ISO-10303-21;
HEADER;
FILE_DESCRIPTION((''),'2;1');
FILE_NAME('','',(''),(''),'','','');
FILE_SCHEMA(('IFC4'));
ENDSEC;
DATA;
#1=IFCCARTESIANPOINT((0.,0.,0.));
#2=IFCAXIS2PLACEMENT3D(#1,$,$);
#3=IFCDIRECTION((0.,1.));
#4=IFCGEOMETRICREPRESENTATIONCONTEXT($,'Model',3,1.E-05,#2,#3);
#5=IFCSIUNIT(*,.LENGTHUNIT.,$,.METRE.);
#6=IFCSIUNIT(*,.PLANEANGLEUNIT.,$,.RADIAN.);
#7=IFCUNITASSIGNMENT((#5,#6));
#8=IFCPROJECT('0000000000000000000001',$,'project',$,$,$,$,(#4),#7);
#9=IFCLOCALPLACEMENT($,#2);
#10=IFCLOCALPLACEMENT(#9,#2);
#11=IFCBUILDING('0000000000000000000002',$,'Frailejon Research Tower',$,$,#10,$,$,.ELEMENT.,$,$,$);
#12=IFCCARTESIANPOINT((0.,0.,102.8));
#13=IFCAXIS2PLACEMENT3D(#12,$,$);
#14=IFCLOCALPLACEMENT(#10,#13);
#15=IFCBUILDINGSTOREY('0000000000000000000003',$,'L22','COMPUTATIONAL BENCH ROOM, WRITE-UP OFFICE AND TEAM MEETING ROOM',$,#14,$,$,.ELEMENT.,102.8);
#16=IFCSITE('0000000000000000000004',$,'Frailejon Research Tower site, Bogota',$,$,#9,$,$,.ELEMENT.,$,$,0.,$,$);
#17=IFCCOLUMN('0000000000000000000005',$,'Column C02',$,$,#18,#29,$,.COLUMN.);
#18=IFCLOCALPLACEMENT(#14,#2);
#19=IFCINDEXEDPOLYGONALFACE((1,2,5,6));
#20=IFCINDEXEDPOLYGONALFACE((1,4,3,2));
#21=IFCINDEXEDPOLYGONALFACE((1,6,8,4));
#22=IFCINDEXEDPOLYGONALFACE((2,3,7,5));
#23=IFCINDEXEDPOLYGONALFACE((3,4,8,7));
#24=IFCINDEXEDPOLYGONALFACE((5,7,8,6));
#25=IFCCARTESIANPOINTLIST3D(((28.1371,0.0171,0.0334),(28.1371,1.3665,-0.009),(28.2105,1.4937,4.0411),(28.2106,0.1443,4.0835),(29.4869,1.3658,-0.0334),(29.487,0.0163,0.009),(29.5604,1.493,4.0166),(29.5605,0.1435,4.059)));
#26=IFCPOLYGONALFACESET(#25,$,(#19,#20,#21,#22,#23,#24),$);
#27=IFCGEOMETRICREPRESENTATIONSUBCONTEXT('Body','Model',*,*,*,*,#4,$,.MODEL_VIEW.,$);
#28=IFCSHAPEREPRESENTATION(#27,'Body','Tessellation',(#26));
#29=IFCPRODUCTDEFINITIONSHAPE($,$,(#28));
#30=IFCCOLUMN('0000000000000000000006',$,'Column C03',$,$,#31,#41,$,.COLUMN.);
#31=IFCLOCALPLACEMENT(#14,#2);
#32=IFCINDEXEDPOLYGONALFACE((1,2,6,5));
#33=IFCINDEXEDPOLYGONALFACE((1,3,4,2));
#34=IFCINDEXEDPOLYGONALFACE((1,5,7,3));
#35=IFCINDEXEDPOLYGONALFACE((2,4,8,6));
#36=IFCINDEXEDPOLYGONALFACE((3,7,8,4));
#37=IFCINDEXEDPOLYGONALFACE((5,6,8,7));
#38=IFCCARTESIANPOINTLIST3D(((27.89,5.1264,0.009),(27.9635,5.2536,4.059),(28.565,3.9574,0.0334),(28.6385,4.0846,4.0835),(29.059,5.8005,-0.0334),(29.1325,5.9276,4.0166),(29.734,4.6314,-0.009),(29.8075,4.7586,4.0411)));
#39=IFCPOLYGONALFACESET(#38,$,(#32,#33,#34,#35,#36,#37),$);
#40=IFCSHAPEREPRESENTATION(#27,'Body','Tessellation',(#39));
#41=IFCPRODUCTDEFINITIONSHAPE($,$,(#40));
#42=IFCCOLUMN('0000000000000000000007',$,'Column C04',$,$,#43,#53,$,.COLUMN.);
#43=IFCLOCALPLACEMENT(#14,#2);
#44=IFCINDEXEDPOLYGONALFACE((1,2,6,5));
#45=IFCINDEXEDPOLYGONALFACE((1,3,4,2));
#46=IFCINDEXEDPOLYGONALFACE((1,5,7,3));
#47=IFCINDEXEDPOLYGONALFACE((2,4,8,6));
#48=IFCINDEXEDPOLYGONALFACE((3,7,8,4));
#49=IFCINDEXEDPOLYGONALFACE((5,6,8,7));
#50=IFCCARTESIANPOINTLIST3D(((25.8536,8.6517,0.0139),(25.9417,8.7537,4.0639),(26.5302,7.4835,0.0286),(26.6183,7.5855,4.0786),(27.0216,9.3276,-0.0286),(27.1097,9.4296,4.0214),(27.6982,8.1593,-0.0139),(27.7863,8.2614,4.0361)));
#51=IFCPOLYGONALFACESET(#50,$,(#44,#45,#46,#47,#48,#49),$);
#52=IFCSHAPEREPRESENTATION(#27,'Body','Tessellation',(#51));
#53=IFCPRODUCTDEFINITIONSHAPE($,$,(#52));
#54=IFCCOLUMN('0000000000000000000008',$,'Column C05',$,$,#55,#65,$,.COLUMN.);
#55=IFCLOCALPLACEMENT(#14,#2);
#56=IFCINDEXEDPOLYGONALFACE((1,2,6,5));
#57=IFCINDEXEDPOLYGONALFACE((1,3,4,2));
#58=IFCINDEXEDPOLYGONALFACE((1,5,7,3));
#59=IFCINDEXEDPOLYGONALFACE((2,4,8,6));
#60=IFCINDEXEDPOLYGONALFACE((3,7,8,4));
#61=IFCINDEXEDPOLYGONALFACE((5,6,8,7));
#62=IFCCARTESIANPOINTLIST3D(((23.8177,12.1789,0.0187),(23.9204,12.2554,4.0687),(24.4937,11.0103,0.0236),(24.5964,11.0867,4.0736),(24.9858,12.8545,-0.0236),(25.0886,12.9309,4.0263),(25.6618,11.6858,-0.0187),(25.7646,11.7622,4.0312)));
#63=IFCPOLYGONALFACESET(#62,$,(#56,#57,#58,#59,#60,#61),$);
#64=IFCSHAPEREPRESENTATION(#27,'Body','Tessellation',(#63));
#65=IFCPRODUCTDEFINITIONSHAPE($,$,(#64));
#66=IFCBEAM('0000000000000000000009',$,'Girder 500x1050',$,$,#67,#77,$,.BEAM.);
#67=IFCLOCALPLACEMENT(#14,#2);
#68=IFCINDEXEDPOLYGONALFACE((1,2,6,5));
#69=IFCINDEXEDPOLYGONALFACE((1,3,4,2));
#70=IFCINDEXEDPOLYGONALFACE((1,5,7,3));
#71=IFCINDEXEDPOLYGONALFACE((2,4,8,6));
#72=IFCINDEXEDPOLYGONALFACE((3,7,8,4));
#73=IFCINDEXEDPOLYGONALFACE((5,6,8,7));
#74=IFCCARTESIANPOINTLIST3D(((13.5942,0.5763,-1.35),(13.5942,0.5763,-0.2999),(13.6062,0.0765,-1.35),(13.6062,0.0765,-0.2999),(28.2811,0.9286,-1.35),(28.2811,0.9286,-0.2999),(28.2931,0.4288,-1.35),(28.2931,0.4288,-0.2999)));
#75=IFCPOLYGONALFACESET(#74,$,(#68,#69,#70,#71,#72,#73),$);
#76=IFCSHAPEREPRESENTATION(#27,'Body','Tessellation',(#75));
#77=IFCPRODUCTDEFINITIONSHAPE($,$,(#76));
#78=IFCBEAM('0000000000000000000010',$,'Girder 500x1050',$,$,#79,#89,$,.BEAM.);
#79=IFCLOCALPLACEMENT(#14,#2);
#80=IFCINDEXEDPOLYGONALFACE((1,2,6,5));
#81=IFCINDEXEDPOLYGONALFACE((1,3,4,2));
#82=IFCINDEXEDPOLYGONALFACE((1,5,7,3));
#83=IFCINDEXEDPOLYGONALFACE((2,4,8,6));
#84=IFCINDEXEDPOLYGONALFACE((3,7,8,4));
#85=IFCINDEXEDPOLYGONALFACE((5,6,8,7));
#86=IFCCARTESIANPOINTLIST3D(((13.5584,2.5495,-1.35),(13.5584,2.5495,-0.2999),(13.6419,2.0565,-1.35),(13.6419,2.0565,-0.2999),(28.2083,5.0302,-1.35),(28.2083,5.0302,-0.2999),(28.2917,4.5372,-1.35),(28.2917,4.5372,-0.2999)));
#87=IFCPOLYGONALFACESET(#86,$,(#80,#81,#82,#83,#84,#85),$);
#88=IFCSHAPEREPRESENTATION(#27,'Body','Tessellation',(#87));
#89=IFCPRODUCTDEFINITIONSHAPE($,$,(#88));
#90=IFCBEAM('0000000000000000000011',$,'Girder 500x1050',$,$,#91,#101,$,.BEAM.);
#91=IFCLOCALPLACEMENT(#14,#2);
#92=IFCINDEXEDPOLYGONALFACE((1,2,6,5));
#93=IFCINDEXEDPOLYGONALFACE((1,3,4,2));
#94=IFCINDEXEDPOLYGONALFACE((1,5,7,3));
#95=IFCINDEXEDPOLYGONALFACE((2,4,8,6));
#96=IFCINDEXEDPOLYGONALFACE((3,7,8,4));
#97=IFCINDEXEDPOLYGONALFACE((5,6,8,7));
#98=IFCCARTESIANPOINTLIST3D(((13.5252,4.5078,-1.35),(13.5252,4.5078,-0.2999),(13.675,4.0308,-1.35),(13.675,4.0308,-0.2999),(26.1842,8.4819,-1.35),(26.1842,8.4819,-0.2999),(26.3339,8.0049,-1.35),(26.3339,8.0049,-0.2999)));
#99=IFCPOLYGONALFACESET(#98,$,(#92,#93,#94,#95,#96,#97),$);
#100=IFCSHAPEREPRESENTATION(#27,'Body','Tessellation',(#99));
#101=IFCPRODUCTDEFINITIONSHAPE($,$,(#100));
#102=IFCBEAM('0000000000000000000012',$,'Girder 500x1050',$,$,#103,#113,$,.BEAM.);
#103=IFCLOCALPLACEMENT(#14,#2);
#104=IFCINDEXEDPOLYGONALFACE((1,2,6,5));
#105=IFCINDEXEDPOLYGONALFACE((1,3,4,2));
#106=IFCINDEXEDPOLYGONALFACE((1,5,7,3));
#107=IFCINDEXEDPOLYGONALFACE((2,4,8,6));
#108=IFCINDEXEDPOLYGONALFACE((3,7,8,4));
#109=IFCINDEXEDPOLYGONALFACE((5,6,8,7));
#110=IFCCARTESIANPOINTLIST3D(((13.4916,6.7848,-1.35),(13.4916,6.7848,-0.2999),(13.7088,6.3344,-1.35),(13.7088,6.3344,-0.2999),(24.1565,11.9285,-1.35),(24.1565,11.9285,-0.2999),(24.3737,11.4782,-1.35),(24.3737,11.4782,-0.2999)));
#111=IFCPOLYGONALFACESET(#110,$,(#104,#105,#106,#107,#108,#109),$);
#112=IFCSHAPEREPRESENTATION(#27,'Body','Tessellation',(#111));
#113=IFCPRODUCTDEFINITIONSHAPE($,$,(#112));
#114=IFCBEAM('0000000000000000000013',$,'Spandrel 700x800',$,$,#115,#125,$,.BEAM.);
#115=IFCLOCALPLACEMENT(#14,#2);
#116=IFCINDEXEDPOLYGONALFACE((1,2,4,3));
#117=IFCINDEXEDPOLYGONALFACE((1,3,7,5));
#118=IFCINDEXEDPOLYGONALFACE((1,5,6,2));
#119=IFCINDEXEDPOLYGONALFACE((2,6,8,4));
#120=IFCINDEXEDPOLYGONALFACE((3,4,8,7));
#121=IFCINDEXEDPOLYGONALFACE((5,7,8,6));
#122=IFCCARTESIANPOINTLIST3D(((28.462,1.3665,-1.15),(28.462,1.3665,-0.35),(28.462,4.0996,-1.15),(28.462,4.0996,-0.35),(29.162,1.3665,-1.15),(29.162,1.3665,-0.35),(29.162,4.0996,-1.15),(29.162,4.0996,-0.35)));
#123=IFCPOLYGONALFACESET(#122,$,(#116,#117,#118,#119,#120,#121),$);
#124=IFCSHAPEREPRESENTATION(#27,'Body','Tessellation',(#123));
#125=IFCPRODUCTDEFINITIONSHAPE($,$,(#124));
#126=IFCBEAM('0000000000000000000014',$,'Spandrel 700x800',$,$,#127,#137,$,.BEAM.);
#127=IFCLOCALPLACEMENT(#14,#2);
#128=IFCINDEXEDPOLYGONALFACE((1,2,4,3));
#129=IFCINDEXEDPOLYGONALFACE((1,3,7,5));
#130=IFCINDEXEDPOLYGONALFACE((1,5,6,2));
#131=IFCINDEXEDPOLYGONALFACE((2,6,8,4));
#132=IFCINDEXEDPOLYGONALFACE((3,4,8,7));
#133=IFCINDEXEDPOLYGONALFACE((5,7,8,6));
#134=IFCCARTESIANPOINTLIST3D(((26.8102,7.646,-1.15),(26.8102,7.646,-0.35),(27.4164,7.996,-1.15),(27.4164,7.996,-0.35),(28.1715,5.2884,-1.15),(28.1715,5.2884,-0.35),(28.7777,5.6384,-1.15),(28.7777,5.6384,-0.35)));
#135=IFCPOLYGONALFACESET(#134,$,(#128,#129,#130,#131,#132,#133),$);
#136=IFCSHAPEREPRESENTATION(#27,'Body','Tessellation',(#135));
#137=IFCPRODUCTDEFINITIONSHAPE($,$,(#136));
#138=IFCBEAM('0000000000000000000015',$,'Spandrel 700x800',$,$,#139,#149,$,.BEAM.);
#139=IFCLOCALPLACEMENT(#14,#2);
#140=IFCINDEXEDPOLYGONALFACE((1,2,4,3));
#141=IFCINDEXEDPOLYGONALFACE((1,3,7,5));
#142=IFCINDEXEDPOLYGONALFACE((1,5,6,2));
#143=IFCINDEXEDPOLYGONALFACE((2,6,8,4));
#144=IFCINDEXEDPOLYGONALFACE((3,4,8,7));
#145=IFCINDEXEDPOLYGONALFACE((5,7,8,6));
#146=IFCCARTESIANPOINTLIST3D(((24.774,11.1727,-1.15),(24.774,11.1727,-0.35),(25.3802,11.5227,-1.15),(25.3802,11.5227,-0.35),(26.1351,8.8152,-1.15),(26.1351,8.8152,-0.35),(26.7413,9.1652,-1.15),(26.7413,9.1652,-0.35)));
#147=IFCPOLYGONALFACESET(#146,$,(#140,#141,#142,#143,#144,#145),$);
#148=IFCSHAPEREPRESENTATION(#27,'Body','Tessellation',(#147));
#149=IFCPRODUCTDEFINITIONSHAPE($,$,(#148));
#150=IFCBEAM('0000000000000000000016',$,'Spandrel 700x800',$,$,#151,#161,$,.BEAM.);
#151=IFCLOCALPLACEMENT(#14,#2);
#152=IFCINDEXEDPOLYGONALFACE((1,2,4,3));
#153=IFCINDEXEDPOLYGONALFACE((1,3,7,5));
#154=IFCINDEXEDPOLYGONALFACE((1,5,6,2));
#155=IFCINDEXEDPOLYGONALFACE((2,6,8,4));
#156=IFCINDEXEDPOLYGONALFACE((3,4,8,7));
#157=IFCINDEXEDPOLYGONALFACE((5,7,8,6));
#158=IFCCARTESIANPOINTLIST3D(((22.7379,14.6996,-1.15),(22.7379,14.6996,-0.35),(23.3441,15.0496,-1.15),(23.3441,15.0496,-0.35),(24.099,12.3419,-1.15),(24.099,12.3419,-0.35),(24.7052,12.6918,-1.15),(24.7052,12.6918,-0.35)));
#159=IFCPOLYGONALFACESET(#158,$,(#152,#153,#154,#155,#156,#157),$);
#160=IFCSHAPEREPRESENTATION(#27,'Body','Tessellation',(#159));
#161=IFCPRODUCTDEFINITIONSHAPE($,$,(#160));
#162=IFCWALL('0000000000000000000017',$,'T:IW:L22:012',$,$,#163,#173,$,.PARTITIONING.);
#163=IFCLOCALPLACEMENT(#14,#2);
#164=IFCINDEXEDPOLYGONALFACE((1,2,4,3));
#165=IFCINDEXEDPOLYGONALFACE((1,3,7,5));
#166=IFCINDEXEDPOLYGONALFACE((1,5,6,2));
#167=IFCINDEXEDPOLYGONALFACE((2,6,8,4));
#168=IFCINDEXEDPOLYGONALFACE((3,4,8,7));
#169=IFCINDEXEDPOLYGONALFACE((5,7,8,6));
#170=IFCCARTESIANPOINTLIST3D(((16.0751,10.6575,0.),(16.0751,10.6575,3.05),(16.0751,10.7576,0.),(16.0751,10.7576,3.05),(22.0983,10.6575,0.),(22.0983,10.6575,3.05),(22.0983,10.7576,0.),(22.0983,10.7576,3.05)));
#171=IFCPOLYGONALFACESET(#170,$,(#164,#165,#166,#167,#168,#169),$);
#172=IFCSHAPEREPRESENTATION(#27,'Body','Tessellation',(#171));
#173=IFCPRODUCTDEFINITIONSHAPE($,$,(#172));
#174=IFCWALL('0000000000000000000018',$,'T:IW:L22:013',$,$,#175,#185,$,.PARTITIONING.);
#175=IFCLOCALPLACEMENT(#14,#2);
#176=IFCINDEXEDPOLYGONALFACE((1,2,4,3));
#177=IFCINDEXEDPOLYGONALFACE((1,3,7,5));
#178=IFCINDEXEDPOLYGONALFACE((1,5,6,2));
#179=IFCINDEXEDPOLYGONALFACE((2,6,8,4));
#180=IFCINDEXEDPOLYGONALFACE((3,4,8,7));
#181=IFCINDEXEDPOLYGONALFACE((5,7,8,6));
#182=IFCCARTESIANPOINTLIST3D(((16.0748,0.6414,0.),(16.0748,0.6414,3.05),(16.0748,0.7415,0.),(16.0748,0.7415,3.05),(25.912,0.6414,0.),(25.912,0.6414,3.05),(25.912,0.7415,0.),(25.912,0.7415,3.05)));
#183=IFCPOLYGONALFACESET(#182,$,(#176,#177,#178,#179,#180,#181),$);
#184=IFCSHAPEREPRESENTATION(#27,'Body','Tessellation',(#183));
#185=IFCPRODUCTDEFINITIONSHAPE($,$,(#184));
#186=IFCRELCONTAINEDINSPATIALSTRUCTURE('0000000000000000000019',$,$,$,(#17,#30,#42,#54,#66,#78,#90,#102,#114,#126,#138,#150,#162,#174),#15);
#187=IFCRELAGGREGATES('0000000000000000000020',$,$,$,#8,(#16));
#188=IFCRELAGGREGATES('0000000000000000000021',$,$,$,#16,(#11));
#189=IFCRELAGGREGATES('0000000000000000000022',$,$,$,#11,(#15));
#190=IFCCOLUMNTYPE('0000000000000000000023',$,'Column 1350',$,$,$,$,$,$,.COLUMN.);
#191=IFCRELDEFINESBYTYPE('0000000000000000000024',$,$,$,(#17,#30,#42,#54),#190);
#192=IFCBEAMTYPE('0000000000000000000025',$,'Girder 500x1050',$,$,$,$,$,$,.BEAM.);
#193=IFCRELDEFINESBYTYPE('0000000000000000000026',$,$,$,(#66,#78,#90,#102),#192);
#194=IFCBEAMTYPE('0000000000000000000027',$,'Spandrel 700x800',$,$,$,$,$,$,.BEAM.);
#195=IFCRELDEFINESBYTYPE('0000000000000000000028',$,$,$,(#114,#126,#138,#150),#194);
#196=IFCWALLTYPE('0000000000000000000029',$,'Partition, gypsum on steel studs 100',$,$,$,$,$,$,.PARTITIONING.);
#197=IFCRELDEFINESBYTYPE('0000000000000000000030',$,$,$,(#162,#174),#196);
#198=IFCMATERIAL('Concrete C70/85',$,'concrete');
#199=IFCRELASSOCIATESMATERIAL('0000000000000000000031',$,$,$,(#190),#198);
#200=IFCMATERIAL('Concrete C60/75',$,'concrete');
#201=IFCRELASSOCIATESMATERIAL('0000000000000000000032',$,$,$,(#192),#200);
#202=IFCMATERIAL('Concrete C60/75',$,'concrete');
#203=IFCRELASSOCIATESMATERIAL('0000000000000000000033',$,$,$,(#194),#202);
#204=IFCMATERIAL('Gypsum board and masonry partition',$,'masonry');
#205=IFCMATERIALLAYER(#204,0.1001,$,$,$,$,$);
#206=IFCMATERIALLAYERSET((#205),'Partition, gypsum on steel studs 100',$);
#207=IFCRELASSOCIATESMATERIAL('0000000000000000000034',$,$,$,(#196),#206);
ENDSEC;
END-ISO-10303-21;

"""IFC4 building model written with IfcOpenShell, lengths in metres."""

from ifc_helpers import new_model, si_unit, direction, frame, frame_2d, origin, origin_2d, place, context, subcontext, project, spatial, rectangle, extrude, material, layer, layer_set, material_profile, profile_set, type_object, element, save


model = new_model("IFC4")

# Units and contexts
model_context = context("Model", 3, precision=1e-05, world=origin(), true_north=direction((0.0, 1.0)))
body_context = subcontext(model_context, "Body", "Model", "MODEL_VIEW")
ifc_project = project(units=[si_unit("LENGTHUNIT", "METRE"), si_unit("PLANEANGLEUNIT", "RADIAN")], contexts=[model_context])

# Site, building, storey
site_placement = place(None, origin())
site = spatial("IfcSite", under=ifc_project, at=site_placement, Name="Frailejon Research Tower site, Bogota", CompositionType="ELEMENT", RefElevation=0.0)
building_placement = place(site_placement, origin())
building = spatial("IfcBuilding", under=site, at=building_placement, Name="Frailejon Research Tower", CompositionType="ELEMENT")
storey_placement = place(building_placement, frame((0.0, 0.0, 102.8)))
storey = spatial("IfcBuildingStorey", under=building, at=storey_placement, Name="L22", Description="COMPUTATIONAL BENCH ROOM, WRITE-UP OFFICE AND TEAM MEETING ROOM", CompositionType="ELEMENT", Elevation=102.8)

# Columns
ifc_material_1 = material(Name="Concrete C70/85", Category="concrete")
ifc_material_profile_1 = material_profile(ifc_material_1, rectangle(XDim=1.3501, YDim=1.3501, at=origin_2d()), Name="Column 1350")
ifc_profile_set_1 = profile_set([ifc_material_profile_1], Name="Concrete C70/85")
column_type = type_object("IfcColumnType", Name="Column 1350", PredefinedType="COLUMN", material=ifc_profile_set_1)
for number, where, z_axis, x_axis, name in (
    (1, (28.812, 0.6914, 0.0), (0.018133, 0.031386, 0.999343), (-0.000022, 0.999507, -0.03139), "Column C02"),
    (2, (28.812, 4.8789, 0.0), (0.018133, 0.031386, 0.999343), (-0.499939, 0.865871, -0.018123), "Column C03"),
):
    element("IfcColumn", number, at=place(storey_placement, frame(where, z_axis=z_axis, x_axis=x_axis)), inside=storey, type_object=column_type, Name=name, PredefinedType="COLUMN", context=body_context, shape_type="SweptSolid", body=[
        extrude(rectangle(XDim=1.3501, YDim=1.3501, at=origin_2d()), origin(), (0.0, 0.0, 1.0), 4.0527),
    ])
column_1_placement = place(storey_placement, frame((26.7759, 8.4055, 0.0), z_axis=(0.021749, 0.025183, 0.999446), x_axis=(-0.501142, 0.865297, -0.010898)))
element("IfcColumn", 3, at=column_1_placement, inside=storey, type_object=column_type, Name="Column C04", PredefinedType="COLUMN", context=body_context, shape_type="SweptSolid", body=[
    extrude(rectangle(XDim=1.3501, YDim=1.3501, at=origin_2d()), origin(), (0.0, 0.0, 1.0), 4.0522),
])
column_2_placement = place(storey_placement, frame((24.7397, 11.9324, 0.0), z_axis=(0.025366, 0.018858, 0.9995), x_axis=(-0.500693, 0.865617, -0.003626)))
element("IfcColumn", 4, at=column_2_placement, inside=storey, type_object=column_type, Name="Column C05", PredefinedType="COLUMN", context=body_context, shape_type="SweptSolid", body=[
    extrude(rectangle(XDim=1.3501, YDim=1.3501, at=origin_2d()), origin(), (0.0, 0.0, 1.0), 4.052),
])

# Beams
ifc_material_2 = material(Name="Concrete C60/75", Category="concrete")
ifc_material_profile_2 = material_profile(ifc_material_2, rectangle(XDim=0.5, YDim=1.05, at=origin_2d()), Name="Girder 500x1050")
ifc_profile_set_2 = profile_set([ifc_material_profile_2], Name="Concrete C60/75")
beam_type_1 = type_object("IfcBeamType", Name="Girder 500x1050", PredefinedType="BEAM", material=ifc_profile_set_2)
beam_1_placement = place(storey_placement, frame((28.2871, 0.6787, -0.825), z_axis=(-0.999712, -0.02398, 0.0), x_axis=(0.02398, -0.999712, 0.0)))
element("IfcBeam", 5, at=beam_1_placement, inside=storey, type_object=beam_type_1, Name="Girder 500x1050", PredefinedType="BEAM", context=body_context, shape_type="SweptSolid", body=[
    extrude(rectangle(XDim=0.5, YDim=1.05, at=origin_2d()), origin(), (0.0, 0.0, 1.0), 14.6912),
])
beam_2_placement = place(storey_placement, frame((28.25, 4.7837, -0.825), z_axis=(-0.985964, -0.166956, 0.0), x_axis=(0.166956, -0.985964, 0.0)))
element("IfcBeam", 6, at=beam_2_placement, inside=storey, type_object=beam_type_1, Name="Girder 500x1050", PredefinedType="BEAM", context=body_context, shape_type="SweptSolid", body=[
    extrude(rectangle(XDim=0.5, YDim=1.05, at=origin_2d()), origin(), (0.0, 0.0, 1.0), 14.8584),
])
beam_3_placement = place(storey_placement, frame((26.259, 8.2434, -0.825), z_axis=(-0.954089, -0.299525, 0.0), x_axis=(0.299525, -0.954089, 0.0)))
element("IfcBeam", 7, at=beam_3_placement, inside=storey, type_object=beam_type_1, Name="Girder 500x1050", PredefinedType="BEAM", context=body_context, shape_type="SweptSolid", body=[
    extrude(rectangle(XDim=0.5, YDim=1.05, at=origin_2d()), origin(), (0.0, 0.0, 1.0), 13.2681),
])
beam_4_placement = place(storey_placement, frame((24.2651, 11.7034, -0.825), z_axis=(-0.900712, -0.434417, 0.0), x_axis=(0.434417, -0.900712, 0.0)))
element("IfcBeam", 8, at=beam_4_placement, inside=storey, type_object=beam_type_1, Name="Girder 500x1050", PredefinedType="BEAM", context=body_context, shape_type="SweptSolid", body=[
    extrude(rectangle(XDim=0.5, YDim=1.05, at=origin_2d()), origin(), (0.0, 0.0, 1.0), 11.8406),
])
ifc_material_3 = material(Name="Concrete C60/75", Category="concrete")
ifc_material_profile_3 = material_profile(ifc_material_3, rectangle(XDim=0.7, YDim=0.8, at=origin_2d()), Name="Spandrel 700x800")
ifc_profile_set_3 = profile_set([ifc_material_profile_3], Name="Concrete C60/75")
beam_type_2 = type_object("IfcBeamType", Name="Spandrel 700x800", PredefinedType="BEAM", material=ifc_profile_set_3)
beam_5_placement = place(storey_placement, frame((28.812, 1.3665, -0.75), z_axis=(0.0, 1.0, 0.0), x_axis=(-1.0, 0.0, 0.0)))
element("IfcBeam", 9, at=beam_5_placement, inside=storey, type_object=beam_type_2, Name="Spandrel 700x800", PredefinedType="BEAM", context=body_context, shape_type="SweptSolid", body=[
    extrude(rectangle(XDim=0.7, YDim=0.8, at=origin_2d()), origin(), (0.0, 0.0, 1.0), 2.7332),
])
beam_6_placement = place(storey_placement, frame((28.4746, 5.4634, -0.75), z_axis=(-0.500036, 0.866005, 0.0), x_axis=(-0.866005, -0.500036, 0.0)))
element("IfcBeam", 10, at=beam_6_placement, inside=storey, type_object=beam_type_2, Name="Spandrel 700x800", PredefinedType="BEAM", context=body_context, shape_type="SweptSolid", body=[
    extrude(rectangle(XDim=0.7, YDim=0.8, at=origin_2d()), origin(), (0.0, 0.0, 1.0), 2.7224),
])
beam_7_placement = place(storey_placement, frame((26.4382, 8.9902, -0.75), z_axis=(-0.500007, 0.866021, 0.0), x_axis=(-0.866021, -0.500007, 0.0)))
element("IfcBeam", 11, at=beam_7_placement, inside=storey, type_object=beam_type_2, Name="Spandrel 700x800", PredefinedType="BEAM", context=body_context, shape_type="SweptSolid", body=[
    extrude(rectangle(XDim=0.7, YDim=0.8, at=origin_2d()), origin(), (0.0, 0.0, 1.0), 2.7222),
])
beam_8_placement = place(storey_placement, frame((24.4021, 12.5168, -0.75), z_axis=(-0.499968, 0.866044, 0.0), x_axis=(-0.866044, -0.499968, 0.0)))
element("IfcBeam", 12, at=beam_8_placement, inside=storey, type_object=beam_type_2, Name="Spandrel 700x800", PredefinedType="BEAM", context=body_context, shape_type="SweptSolid", body=[
    extrude(rectangle(XDim=0.7, YDim=0.8, at=origin_2d()), origin(), (0.0, 0.0, 1.0), 2.7224),
])

# Walls
ifc_material_4 = material(Name="Gypsum board and masonry partition", Category="masonry")
ifc_layer_1 = layer(ifc_material_4, 0.1001)
ifc_layer_set_1 = layer_set([ifc_layer_1], Name="Partition, gypsum on steel studs 100")
wall_type_1 = type_object("IfcWallType", Name="Partition, gypsum on steel studs 100", PredefinedType="PARTITIONING", material=ifc_layer_set_1)
wall_1_placement = place(storey_placement, frame((16.075, 10.7075, 0.0), z_axis=(0.0, 0.0, 1.0), x_axis=(1.0, 0.0, 0.0)))
element("IfcWall", 13, at=wall_1_placement, inside=storey, type_object=wall_type_1, Name="T:IW:L22:012", PredefinedType="PARTITIONING", context=body_context, shape_type="SweptSolid", body=[
    extrude(rectangle(XDim=6.0232, YDim=0.1001, at=frame_2d((3.0117, 0.0))), origin(), (0.0, 0.0, 1.0), 3.05),
])
wall_2_placement = place(storey_placement, frame((16.075, 0.6914, 0.0), z_axis=(0.0, 0.0, 1.0), x_axis=(1.0, 0.0, 0.0)))
element("IfcWall", 14, at=wall_2_placement, inside=storey, type_object=wall_type_1, Name="T:IW:L22:013", PredefinedType="PARTITIONING", context=body_context, shape_type="SweptSolid", body=[
    extrude(rectangle(XDim=9.8372, YDim=0.1001, at=frame_2d((4.9185, 0.0))), origin(), (0.0, 0.0, 1.0), 3.05),
])

save(model, "model.ifc")
